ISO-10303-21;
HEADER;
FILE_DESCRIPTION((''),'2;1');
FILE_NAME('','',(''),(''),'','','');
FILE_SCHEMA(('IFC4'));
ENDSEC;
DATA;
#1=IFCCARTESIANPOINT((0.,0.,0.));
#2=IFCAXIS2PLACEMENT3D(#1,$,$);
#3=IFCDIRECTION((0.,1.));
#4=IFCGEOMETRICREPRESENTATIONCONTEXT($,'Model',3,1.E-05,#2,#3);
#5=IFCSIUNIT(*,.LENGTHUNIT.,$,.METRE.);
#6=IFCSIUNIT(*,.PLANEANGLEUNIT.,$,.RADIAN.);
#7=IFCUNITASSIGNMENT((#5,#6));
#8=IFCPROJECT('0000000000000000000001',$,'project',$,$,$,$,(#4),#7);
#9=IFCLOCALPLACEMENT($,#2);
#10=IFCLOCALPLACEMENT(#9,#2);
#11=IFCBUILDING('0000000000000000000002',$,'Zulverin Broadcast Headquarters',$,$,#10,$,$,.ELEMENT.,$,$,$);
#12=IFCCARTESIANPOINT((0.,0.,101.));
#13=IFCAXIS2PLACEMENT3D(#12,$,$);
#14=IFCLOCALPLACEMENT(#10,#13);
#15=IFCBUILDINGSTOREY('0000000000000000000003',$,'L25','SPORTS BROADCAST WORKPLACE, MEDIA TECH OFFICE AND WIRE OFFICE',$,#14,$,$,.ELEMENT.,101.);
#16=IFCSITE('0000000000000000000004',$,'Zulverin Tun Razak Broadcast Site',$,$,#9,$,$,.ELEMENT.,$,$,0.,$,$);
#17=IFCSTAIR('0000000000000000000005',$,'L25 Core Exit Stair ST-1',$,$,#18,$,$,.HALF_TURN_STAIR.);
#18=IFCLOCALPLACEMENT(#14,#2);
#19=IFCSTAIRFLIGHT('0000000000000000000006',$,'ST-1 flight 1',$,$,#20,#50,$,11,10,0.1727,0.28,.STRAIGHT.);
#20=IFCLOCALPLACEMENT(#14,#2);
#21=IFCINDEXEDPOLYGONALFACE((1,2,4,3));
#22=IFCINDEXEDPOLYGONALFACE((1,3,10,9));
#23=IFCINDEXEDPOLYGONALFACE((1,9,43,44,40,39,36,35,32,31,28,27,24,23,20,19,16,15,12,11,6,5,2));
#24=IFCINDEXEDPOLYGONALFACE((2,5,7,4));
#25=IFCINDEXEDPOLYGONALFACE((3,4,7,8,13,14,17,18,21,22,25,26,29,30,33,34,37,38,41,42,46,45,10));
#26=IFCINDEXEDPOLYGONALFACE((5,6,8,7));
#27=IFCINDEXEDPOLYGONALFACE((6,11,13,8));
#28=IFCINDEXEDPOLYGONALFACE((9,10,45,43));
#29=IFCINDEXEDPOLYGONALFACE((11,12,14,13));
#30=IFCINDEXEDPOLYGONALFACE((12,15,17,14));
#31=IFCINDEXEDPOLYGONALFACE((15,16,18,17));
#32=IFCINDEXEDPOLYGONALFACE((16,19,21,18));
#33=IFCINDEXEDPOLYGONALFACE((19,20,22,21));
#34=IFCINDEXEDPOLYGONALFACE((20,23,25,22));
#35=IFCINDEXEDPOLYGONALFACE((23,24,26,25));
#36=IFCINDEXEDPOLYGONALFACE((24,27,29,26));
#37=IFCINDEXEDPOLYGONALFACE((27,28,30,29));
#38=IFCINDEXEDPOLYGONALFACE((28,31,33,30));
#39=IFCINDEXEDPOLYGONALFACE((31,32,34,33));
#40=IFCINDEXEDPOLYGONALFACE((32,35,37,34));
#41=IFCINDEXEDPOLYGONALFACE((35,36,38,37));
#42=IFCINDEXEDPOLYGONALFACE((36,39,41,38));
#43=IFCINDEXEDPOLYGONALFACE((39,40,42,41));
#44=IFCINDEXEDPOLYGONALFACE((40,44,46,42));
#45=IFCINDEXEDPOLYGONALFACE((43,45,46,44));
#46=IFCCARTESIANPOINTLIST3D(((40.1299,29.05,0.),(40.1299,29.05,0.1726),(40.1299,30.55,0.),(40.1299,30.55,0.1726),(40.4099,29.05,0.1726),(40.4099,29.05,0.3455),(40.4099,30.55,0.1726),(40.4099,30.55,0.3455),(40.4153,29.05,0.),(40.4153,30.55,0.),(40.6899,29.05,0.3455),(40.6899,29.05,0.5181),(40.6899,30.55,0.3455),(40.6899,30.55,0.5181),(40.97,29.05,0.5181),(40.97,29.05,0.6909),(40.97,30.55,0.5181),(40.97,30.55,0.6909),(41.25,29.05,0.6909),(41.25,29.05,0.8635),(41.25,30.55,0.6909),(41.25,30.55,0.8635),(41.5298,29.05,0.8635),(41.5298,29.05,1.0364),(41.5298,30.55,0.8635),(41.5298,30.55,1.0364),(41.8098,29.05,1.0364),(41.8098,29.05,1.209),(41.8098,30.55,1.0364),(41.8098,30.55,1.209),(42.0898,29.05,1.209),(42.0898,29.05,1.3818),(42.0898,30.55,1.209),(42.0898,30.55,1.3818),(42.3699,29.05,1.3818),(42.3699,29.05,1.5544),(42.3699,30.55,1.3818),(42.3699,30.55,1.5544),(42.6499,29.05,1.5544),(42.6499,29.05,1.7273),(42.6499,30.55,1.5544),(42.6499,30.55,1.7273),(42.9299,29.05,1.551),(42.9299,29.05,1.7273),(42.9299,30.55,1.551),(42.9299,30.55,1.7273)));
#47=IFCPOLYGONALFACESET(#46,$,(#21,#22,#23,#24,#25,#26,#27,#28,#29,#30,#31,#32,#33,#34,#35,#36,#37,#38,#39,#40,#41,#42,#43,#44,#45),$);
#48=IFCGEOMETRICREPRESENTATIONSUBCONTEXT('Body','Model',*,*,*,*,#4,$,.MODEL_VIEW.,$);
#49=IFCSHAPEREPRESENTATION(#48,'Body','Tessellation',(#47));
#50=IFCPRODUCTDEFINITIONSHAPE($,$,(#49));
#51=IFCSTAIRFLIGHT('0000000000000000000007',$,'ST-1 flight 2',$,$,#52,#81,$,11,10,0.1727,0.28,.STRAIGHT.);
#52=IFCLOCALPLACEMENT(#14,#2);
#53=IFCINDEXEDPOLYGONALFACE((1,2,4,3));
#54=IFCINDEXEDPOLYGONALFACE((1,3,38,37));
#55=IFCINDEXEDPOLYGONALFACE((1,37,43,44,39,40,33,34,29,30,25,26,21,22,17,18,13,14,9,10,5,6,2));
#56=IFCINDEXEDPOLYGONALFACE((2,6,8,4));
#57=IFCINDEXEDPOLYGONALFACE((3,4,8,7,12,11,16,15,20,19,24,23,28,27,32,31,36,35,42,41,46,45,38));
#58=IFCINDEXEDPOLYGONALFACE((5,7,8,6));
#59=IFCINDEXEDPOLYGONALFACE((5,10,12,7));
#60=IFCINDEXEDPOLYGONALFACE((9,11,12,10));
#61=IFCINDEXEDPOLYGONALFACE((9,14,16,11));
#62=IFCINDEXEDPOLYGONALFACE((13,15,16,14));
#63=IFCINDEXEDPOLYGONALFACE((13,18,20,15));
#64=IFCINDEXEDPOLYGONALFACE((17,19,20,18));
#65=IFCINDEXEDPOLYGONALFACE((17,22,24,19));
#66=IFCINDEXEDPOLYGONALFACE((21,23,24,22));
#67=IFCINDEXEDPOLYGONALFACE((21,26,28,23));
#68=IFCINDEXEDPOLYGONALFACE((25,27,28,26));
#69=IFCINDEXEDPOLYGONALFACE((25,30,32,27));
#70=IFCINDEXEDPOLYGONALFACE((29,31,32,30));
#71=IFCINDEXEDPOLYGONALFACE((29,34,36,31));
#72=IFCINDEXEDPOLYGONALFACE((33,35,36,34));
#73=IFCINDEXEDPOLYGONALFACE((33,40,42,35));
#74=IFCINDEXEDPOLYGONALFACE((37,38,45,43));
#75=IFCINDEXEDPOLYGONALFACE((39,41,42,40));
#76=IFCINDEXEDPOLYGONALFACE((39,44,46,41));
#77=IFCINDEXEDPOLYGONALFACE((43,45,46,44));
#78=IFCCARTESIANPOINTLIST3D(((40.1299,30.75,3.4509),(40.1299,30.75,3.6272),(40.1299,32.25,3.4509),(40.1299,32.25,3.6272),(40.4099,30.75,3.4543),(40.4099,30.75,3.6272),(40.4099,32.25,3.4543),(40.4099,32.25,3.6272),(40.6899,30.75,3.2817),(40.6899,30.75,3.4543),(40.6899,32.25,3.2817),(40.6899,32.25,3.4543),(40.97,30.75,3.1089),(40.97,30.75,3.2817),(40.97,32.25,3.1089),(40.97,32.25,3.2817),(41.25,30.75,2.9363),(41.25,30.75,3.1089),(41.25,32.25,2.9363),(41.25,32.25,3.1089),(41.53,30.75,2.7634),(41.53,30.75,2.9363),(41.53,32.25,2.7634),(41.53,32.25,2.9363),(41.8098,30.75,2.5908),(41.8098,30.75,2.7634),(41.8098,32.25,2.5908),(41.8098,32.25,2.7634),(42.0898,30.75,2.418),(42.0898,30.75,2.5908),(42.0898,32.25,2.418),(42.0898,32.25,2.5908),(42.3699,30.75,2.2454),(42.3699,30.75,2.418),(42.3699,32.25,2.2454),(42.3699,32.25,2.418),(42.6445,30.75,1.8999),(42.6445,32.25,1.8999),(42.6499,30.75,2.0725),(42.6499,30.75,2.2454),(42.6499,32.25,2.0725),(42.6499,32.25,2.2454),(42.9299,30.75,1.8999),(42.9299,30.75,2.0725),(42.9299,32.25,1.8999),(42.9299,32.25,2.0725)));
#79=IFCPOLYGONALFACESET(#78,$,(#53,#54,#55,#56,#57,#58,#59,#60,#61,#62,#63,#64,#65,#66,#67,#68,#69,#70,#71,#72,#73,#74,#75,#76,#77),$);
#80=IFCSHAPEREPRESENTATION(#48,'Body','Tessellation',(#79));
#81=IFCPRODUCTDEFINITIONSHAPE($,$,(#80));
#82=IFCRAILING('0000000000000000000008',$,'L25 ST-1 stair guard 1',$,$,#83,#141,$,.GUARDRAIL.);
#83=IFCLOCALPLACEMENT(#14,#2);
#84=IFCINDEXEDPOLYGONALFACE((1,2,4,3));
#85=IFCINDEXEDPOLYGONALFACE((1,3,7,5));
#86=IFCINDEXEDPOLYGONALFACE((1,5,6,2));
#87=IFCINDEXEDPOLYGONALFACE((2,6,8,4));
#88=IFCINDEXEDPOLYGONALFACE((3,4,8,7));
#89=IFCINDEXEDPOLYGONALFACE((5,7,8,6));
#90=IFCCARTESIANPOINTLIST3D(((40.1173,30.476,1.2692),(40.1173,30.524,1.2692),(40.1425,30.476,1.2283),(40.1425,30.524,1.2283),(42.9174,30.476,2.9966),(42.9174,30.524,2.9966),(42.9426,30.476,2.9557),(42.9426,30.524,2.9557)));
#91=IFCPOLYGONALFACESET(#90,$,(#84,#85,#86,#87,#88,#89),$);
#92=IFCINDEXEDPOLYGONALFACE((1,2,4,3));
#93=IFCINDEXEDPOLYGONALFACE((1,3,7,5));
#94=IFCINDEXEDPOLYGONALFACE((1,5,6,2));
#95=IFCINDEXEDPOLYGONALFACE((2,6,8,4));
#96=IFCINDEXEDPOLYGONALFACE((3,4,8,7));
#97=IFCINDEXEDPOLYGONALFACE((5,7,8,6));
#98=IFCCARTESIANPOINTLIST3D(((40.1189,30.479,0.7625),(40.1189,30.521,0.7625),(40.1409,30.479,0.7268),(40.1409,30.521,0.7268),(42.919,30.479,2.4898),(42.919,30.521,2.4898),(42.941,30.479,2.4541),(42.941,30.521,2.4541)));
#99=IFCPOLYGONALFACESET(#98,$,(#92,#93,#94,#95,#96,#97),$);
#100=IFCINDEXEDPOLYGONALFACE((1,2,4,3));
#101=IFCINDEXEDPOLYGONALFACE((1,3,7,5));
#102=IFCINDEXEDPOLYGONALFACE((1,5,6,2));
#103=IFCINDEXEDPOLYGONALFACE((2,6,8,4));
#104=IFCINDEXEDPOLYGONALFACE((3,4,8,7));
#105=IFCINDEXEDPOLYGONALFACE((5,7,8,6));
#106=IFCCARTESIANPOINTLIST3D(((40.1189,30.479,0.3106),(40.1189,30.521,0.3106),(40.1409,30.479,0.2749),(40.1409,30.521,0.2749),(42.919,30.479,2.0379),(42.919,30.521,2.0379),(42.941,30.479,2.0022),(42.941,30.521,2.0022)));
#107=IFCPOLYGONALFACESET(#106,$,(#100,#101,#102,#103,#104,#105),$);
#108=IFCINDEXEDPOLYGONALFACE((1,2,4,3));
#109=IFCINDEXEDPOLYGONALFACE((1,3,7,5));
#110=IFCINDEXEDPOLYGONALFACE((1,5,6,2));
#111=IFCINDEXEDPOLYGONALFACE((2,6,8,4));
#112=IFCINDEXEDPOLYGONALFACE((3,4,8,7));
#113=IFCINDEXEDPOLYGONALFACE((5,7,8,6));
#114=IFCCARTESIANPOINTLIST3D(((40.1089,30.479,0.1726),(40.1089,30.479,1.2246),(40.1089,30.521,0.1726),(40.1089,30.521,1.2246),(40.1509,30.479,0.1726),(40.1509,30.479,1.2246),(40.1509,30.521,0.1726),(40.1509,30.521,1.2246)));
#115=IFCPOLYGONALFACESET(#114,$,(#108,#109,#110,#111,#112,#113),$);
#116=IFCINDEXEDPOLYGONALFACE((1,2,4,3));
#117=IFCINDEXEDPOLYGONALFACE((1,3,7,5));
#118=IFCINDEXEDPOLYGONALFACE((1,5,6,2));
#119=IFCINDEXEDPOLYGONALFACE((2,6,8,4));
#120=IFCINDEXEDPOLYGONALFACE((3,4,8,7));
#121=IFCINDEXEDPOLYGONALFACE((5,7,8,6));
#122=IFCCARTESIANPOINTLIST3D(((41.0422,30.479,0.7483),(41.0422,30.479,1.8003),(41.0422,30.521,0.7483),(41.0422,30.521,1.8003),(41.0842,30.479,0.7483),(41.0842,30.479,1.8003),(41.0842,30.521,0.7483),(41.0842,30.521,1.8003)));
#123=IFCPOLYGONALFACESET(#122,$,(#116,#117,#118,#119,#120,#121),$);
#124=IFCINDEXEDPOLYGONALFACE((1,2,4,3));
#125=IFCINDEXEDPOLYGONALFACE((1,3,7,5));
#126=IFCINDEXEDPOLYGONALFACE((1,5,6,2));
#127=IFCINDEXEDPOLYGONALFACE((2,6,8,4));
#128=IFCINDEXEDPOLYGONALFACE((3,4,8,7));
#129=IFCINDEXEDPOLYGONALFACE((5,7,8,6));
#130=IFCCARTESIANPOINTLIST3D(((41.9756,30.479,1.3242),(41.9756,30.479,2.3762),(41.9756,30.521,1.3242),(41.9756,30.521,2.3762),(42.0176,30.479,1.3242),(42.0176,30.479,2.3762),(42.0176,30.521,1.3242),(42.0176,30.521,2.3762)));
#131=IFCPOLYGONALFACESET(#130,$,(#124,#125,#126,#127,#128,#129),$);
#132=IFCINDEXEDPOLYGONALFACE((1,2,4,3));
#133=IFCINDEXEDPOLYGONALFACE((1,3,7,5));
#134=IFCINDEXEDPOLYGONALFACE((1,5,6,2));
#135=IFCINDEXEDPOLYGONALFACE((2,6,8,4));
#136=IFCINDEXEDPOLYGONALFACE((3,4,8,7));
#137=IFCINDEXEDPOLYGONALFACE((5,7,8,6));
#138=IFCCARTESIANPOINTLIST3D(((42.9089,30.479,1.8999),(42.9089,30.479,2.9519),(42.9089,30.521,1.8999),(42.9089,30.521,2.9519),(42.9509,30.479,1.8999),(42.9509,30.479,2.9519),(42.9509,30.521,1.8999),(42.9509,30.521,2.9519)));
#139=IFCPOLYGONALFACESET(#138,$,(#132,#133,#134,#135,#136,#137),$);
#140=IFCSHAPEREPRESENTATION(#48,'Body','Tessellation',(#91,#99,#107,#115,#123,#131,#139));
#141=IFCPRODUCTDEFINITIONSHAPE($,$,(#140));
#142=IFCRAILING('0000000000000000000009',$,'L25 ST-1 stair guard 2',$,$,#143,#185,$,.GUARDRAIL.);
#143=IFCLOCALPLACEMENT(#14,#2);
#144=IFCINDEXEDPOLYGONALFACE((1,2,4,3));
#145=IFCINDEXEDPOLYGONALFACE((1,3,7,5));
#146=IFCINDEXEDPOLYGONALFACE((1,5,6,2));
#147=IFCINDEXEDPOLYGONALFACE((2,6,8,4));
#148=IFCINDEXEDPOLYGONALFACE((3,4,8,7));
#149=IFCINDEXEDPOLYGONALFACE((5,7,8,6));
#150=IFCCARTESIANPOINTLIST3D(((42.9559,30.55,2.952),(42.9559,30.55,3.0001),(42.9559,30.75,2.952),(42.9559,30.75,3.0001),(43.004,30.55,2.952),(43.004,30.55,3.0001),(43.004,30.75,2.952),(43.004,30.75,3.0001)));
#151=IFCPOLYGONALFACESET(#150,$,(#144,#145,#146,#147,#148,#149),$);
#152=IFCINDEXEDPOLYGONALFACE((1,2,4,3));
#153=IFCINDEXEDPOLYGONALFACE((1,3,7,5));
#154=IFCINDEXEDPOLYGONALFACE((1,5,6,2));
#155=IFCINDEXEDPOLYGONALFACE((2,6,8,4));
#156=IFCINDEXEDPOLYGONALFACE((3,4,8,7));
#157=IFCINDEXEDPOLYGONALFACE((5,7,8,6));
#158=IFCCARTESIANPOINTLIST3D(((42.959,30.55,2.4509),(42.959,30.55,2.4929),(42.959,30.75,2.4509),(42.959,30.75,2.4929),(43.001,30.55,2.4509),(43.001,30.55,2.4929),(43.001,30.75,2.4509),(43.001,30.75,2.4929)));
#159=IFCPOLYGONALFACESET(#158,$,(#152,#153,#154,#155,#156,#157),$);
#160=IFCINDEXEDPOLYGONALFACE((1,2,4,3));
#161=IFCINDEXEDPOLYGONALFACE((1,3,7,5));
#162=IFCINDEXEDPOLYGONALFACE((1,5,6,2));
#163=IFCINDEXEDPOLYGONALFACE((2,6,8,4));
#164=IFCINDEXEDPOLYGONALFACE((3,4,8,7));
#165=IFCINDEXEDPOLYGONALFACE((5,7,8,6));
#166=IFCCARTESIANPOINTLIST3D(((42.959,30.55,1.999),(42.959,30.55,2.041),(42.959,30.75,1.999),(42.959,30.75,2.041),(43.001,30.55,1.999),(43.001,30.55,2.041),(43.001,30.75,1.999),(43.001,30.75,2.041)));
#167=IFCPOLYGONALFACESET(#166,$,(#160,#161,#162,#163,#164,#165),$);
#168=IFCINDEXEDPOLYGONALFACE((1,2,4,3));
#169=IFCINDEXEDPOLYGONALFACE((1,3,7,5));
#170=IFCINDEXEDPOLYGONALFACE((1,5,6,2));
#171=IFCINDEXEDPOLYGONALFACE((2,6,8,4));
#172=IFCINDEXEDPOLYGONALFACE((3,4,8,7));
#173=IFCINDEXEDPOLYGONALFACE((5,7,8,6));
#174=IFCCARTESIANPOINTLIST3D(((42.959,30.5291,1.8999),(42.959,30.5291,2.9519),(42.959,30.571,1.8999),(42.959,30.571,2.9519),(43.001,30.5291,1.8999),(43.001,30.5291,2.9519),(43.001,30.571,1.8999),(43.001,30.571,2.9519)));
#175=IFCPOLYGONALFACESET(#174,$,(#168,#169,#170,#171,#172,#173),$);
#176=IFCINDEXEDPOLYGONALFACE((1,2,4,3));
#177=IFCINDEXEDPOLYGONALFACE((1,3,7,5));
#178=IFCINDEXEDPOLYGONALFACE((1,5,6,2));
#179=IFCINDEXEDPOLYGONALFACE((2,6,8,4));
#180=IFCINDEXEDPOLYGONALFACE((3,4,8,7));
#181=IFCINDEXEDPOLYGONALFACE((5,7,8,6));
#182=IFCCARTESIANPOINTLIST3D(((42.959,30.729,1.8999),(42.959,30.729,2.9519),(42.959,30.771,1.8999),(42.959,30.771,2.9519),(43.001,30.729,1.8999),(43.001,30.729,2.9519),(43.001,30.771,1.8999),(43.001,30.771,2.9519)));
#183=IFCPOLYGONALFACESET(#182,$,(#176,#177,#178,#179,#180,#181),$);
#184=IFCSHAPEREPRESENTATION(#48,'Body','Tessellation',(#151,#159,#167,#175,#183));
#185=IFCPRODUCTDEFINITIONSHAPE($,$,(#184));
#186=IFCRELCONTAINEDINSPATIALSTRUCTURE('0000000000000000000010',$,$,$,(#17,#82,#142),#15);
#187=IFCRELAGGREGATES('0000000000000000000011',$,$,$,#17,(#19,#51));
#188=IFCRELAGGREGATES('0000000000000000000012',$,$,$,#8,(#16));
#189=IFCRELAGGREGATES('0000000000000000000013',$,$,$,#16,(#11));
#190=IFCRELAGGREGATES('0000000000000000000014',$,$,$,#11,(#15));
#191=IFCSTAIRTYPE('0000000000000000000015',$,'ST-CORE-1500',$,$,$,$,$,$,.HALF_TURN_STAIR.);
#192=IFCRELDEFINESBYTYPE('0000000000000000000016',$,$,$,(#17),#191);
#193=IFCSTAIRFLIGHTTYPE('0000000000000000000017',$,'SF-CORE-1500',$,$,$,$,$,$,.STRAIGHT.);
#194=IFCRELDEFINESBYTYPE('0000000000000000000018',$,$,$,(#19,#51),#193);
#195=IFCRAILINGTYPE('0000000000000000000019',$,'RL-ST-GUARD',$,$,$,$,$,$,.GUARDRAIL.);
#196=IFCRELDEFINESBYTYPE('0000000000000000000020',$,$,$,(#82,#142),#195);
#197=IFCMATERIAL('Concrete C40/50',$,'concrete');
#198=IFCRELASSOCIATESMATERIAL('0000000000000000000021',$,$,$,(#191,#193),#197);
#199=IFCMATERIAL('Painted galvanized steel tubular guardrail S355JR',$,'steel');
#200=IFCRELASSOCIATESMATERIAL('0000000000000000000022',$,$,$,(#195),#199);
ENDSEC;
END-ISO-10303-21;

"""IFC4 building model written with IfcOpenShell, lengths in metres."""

from ifc_helpers import new_model, si_unit, direction, frame, origin, origin_2d, place, context, subcontext, project, spatial, polyline, rectangle, outline, extrude, material, type_object, element, aggregate, save


model = new_model("IFC4")

# Units and contexts
model_context = context("Model", 3, precision=1e-05, world=origin(), true_north=direction((0.0, 1.0)))
body_context = subcontext(model_context, "Body", "Model", "MODEL_VIEW")
ifc_project = project(units=[si_unit("LENGTHUNIT", "METRE"), si_unit("PLANEANGLEUNIT", "RADIAN")], contexts=[model_context])

# Site, building, storey
site_placement = place(None, origin())
site = spatial("IfcSite", under=ifc_project, at=site_placement, Name="Zulverin Tun Razak Broadcast Site", CompositionType="ELEMENT", RefElevation=0.0)
building_placement = place(site_placement, origin())
building = spatial("IfcBuilding", under=site, at=building_placement, Name="Zulverin Broadcast Headquarters", CompositionType="ELEMENT")
storey_placement = place(building_placement, frame((0.0, 0.0, 101.0)))
storey = spatial("IfcBuildingStorey", under=building, at=storey_placement, Name="L25", Description="SPORTS BROADCAST WORKPLACE, MEDIA TECH OFFICE AND WIRE OFFICE", CompositionType="ELEMENT", Elevation=101.0)

# Shared definitions
ifc_material_1 = material(Name="Concrete C40/50", Category="concrete")

# Stair, stair flights
stair_type = type_object("IfcStairType", Name="ST-CORE-1500", PredefinedType="HALF_TURN_STAIR", material=ifc_material_1)
stair_placement = place(storey_placement, origin())
stair = element("IfcStair", 1, at=stair_placement, inside=storey, type_object=stair_type, Name="L25 Core Exit Stair ST-1", PredefinedType="HALF_TURN_STAIR")
stair_flight_type = type_object("IfcStairFlightType", Name="SF-CORE-1500", PredefinedType="STRAIGHT", material=ifc_material_1)
stair_flight_1_placement = place(storey_placement, frame((40.1299, 29.8, 0.0), z_axis=(0.0, 0.0, 1.0), x_axis=(1.0, 0.0, 0.0)))
stair_flight_1 = element("IfcStairFlight", 2, at=stair_flight_1_placement, type_object=stair_flight_type, Name="ST-1 flight 1", NumberOfRisers=11, NumberOfTreads=10, PredefinedType="STRAIGHT", RiserHeight=0.1727, TreadLength=0.28, context=body_context, shape_type="SweptSolid", body=[
    extrude(outline(polyline([(0.0, 0.0), (0.0, 0.1726), (0.28, 0.1726), (0.28, 0.3455), (0.5601, 0.3455), (0.5601, 0.5181), (0.8401, 0.5181), (0.8401, 0.6909), (1.1201, 0.6909), (1.1201, 0.8635), (1.3999, 0.8635), (1.3999, 1.0364), (1.6799, 1.0364), (1.6799, 1.209), (1.96, 1.209), (1.96, 1.3818), (2.24, 1.3818), (2.24, 1.5544), (2.52, 1.5544), (2.52, 1.7273), (2.8, 1.7273), (2.8, 1.8999), (2.8, 1.551), (0.2854, 0.0), (0.0, 0.0)])), frame((0.0, 0.75, 0.0), z_axis=(0.0, -1.0, 0.0), x_axis=(1.0, 0.0, 0.0)), (0.0, 0.0, 1.0), 1.5),
])
stair_flight_2_placement = place(storey_placement, frame((42.9299, 31.5, 1.8999), z_axis=(0.0, 0.0, 1.0), x_axis=(-1.0, 0.0, 0.0)))
stair_flight_2 = element("IfcStairFlight", 3, at=stair_flight_2_placement, type_object=stair_flight_type, Name="ST-1 flight 2", NumberOfRisers=11, NumberOfTreads=10, PredefinedType="STRAIGHT", RiserHeight=0.1727, TreadLength=0.28, context=body_context, shape_type="SweptSolid", body=[
    extrude(outline(polyline([(0.0, 0.0), (0.0, 0.1726), (0.28, 0.1726), (0.28, 0.3455), (0.5601, 0.3455), (0.5601, 0.5181), (0.8401, 0.5181), (0.8401, 0.6909), (1.1201, 0.6909), (1.1201, 0.8635), (1.3999, 0.8635), (1.3999, 1.0364), (1.6799, 1.0364), (1.6799, 1.209), (1.96, 1.209), (1.96, 1.3818), (2.24, 1.3818), (2.24, 1.5544), (2.52, 1.5544), (2.52, 1.7273), (2.8, 1.7273), (2.8, 1.8999), (2.8, 1.551), (0.2854, 0.0), (0.0, 0.0)])), frame((0.0, 0.75, 0.0), z_axis=(0.0, -1.0, 0.0), x_axis=(1.0, 0.0, 0.0)), (0.0, 0.0, 1.0), 1.5),
])
aggregate(stair, [stair_flight_1, stair_flight_2])

# Railings
ifc_material_2 = material(Name="Painted galvanized steel tubular guardrail S355JR", Category="steel")
railing_type_1 = type_object("IfcRailingType", Name="RL-ST-GUARD", PredefinedType="GUARDRAIL", material=ifc_material_2)
railing_1_placement = place(storey_placement, frame((40.1299, 30.5, 0.1726)))
element("IfcRailing", 4, at=railing_1_placement, inside=storey, type_object=railing_type_1, Name="L25 ST-1 stair guard 1", PredefinedType="GUARDRAIL", context=body_context, shape_type="SweptSolid", body=[
    extrude(rectangle(XDim=0.0481, YDim=0.0481, at=origin_2d()), frame((0.0, 0.0, 1.0762), z_axis=(0.85109, 0.0, 0.52502), x_axis=(0.0, 1.0, 0.0)), (0.0, 0.0, 1.0), 3.29),
    extrude(rectangle(XDim=0.042, YDim=0.042, at=origin_2d()), frame((0.0, 0.0, 0.572), z_axis=(0.85109, 0.0, 0.52502), x_axis=(0.0, 1.0, 0.0)), (0.0, 0.0, 1.0), 3.29),
    extrude(rectangle(XDim=0.042, YDim=0.042, at=origin_2d()), frame((0.0, 0.0, 0.1201), z_axis=(0.85109, 0.0, 0.52502), x_axis=(0.0, 1.0, 0.0)), (0.0, 0.0, 1.0), 3.29),
    extrude(rectangle(XDim=0.042, YDim=0.042, at=origin_2d()), origin(), (0.0, 0.0, 1.0), 1.052),
    extrude(rectangle(XDim=0.042, YDim=0.042, at=origin_2d()), frame((0.9333, 0.0, 0.5757)), (0.0, 0.0, 1.0), 1.052),
    extrude(rectangle(XDim=0.042, YDim=0.042, at=origin_2d()), frame((1.8667, 0.0, 1.1516)), (0.0, 0.0, 1.0), 1.052),
    extrude(rectangle(XDim=0.042, YDim=0.042, at=origin_2d()), frame((2.8, 0.0, 1.7273)), (0.0, 0.0, 1.0), 1.052),
])
railing_2_placement = place(storey_placement, frame((42.98, 30.55, 1.8999)))
element("IfcRailing", 5, at=railing_2_placement, inside=storey, type_object=railing_type_1, Name="L25 ST-1 stair guard 2", PredefinedType="GUARDRAIL", context=body_context, shape_type="SweptSolid", body=[
    extrude(rectangle(XDim=0.0481, YDim=0.0481, at=origin_2d()), frame((0.0, 0.0, 1.0762), z_axis=(0.0, 1.0, 0.0), x_axis=(-1.0, 0.0, 0.0)), (0.0, 0.0, 1.0), 0.2),
    extrude(rectangle(XDim=0.042, YDim=0.042, at=origin_2d()), frame((0.0, 0.0, 0.572), z_axis=(0.0, 1.0, 0.0), x_axis=(-1.0, 0.0, 0.0)), (0.0, 0.0, 1.0), 0.2),
    extrude(rectangle(XDim=0.042, YDim=0.042, at=origin_2d()), frame((0.0, 0.0, 0.1201), z_axis=(0.0, 1.0, 0.0), x_axis=(-1.0, 0.0, 0.0)), (0.0, 0.0, 1.0), 0.2),
    extrude(rectangle(XDim=0.042, YDim=0.042, at=origin_2d()), origin(), (0.0, 0.0, 1.0), 1.052),
    extrude(rectangle(XDim=0.042, YDim=0.042, at=origin_2d()), frame((0.0, 0.2, 0.0)), (0.0, 0.0, 1.0), 1.052),
])

save(model, "model.ifc")
